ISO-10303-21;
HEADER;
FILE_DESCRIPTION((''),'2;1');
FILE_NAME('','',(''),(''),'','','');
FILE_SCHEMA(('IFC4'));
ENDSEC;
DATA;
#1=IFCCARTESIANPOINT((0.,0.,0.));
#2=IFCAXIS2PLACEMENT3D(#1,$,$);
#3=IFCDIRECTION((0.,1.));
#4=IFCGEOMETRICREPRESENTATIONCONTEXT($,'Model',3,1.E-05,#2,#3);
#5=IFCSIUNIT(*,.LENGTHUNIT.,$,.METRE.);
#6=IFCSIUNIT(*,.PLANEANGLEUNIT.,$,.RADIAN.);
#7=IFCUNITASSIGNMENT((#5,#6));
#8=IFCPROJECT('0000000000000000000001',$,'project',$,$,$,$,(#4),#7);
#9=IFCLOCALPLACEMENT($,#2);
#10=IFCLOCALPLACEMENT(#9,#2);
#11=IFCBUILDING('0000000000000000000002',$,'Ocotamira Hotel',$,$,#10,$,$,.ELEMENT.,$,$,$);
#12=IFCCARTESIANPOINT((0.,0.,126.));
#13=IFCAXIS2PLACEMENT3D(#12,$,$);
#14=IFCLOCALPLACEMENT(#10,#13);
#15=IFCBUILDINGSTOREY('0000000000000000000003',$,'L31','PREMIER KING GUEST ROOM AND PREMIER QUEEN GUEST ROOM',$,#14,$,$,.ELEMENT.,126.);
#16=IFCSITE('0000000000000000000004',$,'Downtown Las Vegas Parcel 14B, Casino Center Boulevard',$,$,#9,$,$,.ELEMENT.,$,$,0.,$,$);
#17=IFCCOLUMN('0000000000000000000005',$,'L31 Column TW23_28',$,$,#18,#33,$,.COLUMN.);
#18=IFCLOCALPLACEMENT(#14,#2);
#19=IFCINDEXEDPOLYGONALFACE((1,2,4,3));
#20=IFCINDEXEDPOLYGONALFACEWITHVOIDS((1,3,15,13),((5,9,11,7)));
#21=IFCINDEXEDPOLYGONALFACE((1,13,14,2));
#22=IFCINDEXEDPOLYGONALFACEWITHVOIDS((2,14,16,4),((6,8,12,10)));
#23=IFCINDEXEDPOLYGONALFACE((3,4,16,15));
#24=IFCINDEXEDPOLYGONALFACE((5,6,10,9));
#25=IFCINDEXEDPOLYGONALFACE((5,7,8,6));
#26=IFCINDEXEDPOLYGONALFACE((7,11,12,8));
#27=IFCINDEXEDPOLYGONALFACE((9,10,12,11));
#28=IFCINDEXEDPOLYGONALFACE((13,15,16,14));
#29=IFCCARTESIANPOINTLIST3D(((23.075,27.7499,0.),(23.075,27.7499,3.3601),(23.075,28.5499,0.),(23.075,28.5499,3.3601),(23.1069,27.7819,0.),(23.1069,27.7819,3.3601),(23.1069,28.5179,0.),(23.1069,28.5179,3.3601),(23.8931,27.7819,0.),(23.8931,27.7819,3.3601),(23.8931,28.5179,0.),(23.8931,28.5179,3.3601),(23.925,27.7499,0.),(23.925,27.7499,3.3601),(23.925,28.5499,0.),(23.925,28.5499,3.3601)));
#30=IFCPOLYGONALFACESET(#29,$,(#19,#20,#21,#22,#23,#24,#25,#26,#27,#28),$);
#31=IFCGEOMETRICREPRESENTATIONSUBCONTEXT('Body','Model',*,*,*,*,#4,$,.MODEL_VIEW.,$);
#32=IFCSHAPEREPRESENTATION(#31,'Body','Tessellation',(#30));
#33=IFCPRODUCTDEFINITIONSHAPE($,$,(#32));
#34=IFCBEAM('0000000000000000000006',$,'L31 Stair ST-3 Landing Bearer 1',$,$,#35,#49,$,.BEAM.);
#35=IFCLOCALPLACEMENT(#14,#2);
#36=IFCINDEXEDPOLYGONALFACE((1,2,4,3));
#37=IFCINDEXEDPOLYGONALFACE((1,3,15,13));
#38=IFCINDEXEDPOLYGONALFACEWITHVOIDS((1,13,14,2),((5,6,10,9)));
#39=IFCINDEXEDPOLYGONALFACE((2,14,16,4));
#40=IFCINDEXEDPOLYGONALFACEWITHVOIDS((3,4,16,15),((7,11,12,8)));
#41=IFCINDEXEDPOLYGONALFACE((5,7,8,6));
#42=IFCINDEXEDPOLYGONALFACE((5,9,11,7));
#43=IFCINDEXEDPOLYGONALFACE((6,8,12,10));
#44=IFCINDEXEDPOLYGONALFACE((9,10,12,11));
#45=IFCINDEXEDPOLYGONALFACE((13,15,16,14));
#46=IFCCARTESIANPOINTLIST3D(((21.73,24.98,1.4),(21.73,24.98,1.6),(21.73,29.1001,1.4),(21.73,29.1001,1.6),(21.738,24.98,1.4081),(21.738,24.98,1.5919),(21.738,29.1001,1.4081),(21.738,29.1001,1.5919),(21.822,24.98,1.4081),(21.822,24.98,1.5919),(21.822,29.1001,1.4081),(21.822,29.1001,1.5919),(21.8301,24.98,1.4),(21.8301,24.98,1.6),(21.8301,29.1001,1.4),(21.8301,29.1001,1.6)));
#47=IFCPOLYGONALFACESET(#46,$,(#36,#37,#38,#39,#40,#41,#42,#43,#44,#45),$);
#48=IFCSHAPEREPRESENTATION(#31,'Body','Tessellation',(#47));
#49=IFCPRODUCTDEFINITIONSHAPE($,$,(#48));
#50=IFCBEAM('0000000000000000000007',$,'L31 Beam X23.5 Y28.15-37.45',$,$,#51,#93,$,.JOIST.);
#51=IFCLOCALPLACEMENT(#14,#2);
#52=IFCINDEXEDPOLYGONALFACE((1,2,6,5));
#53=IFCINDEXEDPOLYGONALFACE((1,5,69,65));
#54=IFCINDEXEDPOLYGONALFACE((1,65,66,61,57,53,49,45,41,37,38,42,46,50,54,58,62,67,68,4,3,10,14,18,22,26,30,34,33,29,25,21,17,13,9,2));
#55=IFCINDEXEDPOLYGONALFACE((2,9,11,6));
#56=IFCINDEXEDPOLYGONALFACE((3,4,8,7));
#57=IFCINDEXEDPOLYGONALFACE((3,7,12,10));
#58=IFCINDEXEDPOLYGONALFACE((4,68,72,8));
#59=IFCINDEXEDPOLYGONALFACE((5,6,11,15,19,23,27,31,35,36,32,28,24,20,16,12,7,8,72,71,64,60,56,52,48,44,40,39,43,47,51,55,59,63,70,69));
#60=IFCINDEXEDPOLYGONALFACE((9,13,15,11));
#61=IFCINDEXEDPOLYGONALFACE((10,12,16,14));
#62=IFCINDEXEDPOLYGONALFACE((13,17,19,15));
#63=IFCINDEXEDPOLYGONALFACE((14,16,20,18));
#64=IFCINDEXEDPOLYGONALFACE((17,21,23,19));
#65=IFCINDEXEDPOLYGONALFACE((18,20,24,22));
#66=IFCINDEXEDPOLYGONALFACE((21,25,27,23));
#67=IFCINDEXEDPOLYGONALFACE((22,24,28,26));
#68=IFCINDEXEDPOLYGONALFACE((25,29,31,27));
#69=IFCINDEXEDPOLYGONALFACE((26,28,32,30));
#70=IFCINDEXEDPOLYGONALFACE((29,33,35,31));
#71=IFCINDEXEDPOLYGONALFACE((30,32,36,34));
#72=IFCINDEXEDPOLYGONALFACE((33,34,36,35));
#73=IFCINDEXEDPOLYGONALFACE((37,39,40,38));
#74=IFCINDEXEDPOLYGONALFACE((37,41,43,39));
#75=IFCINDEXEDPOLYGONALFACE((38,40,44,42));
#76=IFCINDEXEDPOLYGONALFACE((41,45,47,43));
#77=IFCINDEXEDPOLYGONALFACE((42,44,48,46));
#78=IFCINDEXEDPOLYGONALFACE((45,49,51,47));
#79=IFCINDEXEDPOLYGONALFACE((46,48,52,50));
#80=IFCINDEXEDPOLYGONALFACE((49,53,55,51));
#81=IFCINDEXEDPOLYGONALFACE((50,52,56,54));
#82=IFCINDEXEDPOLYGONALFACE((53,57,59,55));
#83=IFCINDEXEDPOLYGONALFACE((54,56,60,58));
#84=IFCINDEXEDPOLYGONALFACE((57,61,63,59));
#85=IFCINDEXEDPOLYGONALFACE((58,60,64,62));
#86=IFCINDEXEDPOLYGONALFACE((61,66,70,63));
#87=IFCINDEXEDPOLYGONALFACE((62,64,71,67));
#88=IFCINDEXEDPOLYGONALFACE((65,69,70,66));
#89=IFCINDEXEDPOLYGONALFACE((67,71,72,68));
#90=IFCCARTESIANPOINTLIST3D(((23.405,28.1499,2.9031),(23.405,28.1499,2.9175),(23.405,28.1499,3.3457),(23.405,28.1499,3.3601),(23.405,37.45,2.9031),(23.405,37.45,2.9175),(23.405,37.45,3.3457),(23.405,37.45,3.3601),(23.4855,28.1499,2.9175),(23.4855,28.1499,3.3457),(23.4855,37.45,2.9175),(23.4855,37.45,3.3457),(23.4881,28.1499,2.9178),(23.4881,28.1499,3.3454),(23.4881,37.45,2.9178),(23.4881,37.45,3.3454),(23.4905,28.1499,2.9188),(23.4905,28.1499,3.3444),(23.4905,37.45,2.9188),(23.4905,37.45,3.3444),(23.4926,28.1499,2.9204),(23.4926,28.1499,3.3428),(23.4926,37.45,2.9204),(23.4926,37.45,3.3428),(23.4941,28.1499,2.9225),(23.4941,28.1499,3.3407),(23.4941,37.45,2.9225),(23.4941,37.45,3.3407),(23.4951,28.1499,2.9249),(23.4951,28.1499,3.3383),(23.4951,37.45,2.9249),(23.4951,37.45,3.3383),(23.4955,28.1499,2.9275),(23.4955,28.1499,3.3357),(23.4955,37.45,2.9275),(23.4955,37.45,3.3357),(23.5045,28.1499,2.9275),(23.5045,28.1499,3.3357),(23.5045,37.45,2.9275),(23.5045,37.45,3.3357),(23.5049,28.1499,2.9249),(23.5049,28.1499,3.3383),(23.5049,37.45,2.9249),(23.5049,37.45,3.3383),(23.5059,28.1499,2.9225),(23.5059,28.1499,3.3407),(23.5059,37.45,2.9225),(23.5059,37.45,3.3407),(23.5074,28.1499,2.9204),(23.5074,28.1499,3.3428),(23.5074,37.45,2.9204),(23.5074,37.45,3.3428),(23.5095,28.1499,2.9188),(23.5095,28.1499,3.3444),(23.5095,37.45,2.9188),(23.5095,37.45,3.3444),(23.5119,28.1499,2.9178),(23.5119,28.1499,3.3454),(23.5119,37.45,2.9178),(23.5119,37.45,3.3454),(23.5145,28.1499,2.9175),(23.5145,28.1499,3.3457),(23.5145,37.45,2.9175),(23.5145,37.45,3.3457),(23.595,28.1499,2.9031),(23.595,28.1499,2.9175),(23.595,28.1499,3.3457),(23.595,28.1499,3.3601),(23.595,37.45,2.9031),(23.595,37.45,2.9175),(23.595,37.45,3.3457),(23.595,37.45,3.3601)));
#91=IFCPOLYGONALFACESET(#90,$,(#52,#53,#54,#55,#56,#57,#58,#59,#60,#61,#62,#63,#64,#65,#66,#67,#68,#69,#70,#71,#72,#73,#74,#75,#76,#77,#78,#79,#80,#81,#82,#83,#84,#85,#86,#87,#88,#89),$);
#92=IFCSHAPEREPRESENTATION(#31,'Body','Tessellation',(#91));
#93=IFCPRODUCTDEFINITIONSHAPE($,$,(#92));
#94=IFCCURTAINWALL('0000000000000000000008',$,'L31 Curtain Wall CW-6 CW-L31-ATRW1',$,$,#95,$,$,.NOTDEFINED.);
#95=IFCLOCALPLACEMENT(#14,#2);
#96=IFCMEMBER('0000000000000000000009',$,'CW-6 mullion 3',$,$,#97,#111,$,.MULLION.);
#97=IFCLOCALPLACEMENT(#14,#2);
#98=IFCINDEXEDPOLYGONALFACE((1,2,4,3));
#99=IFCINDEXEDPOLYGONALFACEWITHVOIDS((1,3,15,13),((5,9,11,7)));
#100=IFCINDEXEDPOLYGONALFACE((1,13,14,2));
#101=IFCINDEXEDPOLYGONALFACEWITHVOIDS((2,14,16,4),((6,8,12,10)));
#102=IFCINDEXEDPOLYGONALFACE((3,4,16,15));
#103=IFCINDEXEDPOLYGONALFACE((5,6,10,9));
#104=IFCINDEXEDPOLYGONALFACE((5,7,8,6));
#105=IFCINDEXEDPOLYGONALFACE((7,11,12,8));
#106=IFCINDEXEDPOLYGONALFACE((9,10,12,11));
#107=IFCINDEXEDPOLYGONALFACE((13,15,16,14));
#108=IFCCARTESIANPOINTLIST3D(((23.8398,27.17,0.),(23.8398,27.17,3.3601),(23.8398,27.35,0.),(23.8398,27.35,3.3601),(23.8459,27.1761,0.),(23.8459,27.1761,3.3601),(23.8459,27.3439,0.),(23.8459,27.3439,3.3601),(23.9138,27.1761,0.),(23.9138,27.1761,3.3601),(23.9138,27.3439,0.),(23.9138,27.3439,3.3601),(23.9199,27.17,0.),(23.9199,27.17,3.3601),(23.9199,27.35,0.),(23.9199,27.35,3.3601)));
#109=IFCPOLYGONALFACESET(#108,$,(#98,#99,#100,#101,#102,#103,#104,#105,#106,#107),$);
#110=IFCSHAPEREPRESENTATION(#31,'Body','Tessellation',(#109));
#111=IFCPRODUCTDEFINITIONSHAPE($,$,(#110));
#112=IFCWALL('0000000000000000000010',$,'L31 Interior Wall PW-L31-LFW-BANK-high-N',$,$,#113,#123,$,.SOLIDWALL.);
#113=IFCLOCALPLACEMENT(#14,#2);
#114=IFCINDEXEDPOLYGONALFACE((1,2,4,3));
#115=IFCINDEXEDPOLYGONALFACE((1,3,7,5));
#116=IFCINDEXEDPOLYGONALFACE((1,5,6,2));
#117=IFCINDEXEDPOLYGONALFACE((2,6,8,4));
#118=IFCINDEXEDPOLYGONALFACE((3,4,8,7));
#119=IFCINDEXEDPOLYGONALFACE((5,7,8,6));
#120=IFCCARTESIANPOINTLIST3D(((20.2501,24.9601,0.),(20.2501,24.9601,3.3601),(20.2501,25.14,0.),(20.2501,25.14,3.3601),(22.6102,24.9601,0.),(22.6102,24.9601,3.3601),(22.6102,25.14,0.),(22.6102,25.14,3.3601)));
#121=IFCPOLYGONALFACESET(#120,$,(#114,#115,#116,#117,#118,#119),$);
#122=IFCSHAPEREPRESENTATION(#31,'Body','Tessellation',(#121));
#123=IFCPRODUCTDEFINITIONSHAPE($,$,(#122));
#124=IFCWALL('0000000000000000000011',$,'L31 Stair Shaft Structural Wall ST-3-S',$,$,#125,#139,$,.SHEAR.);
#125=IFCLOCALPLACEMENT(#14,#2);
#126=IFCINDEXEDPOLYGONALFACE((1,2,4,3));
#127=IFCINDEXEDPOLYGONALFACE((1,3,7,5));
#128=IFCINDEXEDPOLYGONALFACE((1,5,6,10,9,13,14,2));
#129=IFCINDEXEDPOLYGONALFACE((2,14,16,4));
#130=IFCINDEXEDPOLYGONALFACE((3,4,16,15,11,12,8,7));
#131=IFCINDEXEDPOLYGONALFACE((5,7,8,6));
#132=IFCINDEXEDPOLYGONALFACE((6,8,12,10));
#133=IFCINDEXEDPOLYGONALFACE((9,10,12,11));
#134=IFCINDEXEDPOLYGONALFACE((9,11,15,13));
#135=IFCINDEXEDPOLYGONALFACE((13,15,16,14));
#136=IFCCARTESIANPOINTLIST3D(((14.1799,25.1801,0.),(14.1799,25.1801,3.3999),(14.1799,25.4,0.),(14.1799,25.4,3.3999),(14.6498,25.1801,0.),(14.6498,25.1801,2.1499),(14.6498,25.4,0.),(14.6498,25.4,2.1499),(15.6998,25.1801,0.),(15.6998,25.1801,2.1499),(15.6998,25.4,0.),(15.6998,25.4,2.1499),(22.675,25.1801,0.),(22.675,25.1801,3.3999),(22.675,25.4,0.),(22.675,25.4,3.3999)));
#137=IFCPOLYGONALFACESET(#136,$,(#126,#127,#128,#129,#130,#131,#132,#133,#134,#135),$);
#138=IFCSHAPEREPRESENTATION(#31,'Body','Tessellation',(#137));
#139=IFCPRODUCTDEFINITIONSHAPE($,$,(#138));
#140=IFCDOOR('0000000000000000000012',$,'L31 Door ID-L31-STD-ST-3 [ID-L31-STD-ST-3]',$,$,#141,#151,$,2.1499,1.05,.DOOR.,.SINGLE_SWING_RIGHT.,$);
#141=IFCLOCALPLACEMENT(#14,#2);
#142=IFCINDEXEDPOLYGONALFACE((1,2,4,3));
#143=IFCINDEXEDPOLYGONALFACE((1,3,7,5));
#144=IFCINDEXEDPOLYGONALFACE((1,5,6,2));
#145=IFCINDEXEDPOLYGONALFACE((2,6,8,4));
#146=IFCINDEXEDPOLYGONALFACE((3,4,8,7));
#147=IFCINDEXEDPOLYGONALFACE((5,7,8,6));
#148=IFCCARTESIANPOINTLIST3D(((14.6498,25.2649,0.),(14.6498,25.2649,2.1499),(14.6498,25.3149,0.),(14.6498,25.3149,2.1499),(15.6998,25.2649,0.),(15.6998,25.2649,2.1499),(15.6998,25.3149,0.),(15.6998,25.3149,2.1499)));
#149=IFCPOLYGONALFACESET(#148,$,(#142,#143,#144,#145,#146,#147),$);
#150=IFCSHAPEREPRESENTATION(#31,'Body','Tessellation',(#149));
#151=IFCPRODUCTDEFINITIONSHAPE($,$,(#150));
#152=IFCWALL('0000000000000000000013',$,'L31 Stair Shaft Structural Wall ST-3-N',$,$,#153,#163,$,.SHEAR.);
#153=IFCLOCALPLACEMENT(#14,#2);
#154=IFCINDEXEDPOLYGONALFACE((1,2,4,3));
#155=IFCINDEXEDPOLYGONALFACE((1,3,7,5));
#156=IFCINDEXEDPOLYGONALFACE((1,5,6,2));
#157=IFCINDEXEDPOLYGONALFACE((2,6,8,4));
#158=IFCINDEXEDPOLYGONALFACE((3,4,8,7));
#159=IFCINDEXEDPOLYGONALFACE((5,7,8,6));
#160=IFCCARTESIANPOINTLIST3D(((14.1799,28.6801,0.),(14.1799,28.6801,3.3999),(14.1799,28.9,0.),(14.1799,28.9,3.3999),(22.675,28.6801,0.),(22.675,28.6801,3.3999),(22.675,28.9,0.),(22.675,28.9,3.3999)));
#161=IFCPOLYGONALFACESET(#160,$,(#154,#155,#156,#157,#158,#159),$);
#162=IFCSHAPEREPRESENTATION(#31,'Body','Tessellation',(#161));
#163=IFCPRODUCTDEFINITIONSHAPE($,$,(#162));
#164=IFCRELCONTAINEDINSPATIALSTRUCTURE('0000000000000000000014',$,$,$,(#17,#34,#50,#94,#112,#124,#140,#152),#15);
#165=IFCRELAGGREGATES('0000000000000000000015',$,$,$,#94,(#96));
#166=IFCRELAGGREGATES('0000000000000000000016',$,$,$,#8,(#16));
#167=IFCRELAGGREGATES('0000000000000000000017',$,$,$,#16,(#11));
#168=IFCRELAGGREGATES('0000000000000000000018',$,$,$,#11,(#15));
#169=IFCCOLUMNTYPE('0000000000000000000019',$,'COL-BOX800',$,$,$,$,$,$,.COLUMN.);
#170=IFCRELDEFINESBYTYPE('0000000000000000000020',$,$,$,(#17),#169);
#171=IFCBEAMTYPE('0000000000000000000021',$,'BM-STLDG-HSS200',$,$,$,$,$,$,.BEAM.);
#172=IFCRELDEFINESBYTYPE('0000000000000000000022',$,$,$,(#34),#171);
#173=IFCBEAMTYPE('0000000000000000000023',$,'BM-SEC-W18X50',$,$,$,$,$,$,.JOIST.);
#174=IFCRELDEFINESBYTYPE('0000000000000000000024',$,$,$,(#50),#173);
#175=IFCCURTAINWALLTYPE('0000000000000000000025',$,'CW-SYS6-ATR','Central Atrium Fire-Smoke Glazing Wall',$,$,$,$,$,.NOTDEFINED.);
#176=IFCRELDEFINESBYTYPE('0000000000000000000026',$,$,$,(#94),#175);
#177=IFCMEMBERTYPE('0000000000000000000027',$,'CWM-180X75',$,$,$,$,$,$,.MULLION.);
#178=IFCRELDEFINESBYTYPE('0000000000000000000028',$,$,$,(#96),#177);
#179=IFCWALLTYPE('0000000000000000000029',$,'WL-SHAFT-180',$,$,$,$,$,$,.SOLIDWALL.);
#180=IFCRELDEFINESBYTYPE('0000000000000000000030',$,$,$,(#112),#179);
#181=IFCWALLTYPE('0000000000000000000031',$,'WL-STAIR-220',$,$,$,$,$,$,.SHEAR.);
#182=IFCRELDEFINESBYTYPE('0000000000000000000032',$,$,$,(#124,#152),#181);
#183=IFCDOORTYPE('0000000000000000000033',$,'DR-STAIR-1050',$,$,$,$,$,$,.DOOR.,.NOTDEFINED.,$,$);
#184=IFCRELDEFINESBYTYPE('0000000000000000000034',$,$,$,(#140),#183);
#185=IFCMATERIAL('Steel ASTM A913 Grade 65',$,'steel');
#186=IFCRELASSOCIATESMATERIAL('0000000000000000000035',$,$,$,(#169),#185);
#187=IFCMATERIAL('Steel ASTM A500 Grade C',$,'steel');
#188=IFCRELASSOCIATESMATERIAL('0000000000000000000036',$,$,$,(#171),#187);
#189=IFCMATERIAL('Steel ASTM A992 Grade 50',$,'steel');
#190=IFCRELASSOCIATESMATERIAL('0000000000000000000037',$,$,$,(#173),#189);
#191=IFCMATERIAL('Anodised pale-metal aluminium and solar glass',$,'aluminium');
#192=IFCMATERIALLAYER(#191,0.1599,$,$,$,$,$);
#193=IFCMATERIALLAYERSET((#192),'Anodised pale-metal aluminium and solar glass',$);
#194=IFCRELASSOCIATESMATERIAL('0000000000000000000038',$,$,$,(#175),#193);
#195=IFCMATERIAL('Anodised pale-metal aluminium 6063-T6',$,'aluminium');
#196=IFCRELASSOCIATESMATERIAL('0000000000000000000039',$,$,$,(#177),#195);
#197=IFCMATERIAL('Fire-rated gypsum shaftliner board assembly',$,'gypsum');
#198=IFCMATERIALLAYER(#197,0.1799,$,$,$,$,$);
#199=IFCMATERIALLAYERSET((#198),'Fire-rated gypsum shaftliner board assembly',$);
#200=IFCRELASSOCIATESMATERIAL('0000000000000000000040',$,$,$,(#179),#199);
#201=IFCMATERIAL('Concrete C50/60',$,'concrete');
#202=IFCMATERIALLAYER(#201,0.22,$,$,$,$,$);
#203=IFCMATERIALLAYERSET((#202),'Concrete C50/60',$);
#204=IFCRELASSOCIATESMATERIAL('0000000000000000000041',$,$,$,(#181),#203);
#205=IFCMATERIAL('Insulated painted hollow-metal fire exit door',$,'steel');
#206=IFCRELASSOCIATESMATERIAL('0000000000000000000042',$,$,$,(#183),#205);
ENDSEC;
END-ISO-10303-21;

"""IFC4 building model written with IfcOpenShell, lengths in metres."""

from ifc_helpers import new_model, si_unit, direction, frame, frame_2d, origin, origin_2d, place, context, subcontext, project, spatial, rectangle, hollow_rectangle, i_section, extrude, source, transform, mapped, material, layer, layer_set, material_profile, profile_set, type_object, element, fill, aggregate, save


model = new_model("IFC4")

# Units and contexts
model_context = context("Model", 3, precision=1e-05, world=origin(), true_north=direction((0.0, 1.0)))
body_context = subcontext(model_context, "Body", "Model", "MODEL_VIEW")
ifc_project = project(units=[si_unit("LENGTHUNIT", "METRE"), si_unit("PLANEANGLEUNIT", "RADIAN")], contexts=[model_context])

# Site, building, storey
site_placement = place(None, origin())
site = spatial("IfcSite", under=ifc_project, at=site_placement, Name="Downtown Las Vegas Parcel 14B, Casino Center Boulevard", CompositionType="ELEMENT", RefElevation=0.0)
building_placement = place(site_placement, origin())
building = spatial("IfcBuilding", under=site, at=building_placement, Name="Ocotamira Hotel", CompositionType="ELEMENT")
storey_placement = place(building_placement, frame((0.0, 0.0, 126.0)))
storey = spatial("IfcBuildingStorey", under=building, at=storey_placement, Name="L31", Description="PREMIER KING GUEST ROOM AND PREMIER QUEEN GUEST ROOM", CompositionType="ELEMENT", Elevation=126.0)

# Column
ifc_material_1 = material(Name="Steel ASTM A913 Grade 65", Category="steel")
ifc_material_profile_1 = material_profile(ifc_material_1, hollow_rectangle(XDim=0.8501, YDim=0.8, WallThickness=0.032, at=origin_2d()), Name="BOX800X850X32")
ifc_profile_set_1 = profile_set([ifc_material_profile_1], Name="Steel ASTM A913 Grade 65")
column_type = type_object("IfcColumnType", Name="COL-BOX800", PredefinedType="COLUMN", material=ifc_profile_set_1)
shared_shape_1 = source(origin(), body_context, "Body", "SweptSolid", [
    extrude(hollow_rectangle(XDim=0.8501, YDim=0.8, WallThickness=0.032, at=origin_2d()), origin(), (0.0, 0.0, 1.0), 3.3601),
])
column_placement = place(storey_placement, frame((23.5, 28.1499, 0.0), z_axis=(0.0, 0.0, 1.0), x_axis=(1.0, 0.0, 0.0)))
element("IfcColumn", 1, at=column_placement, inside=storey, type_object=column_type, Name="L31 Column TW23_28", PredefinedType="COLUMN", context=body_context, shape_type="MappedRepresentation", body=[
    mapped(shared_shape_1, transform((0.0, 0.0, 0.0), scale=1.0)),
])

# Beams
ifc_material_2 = material(Name="Steel ASTM A500 Grade C", Category="steel")
ifc_material_profile_2 = material_profile(ifc_material_2, hollow_rectangle(XDim=0.1001, YDim=0.2, WallThickness=0.0081, at=origin_2d()), Name="HSS200X100X8")
ifc_profile_set_2 = profile_set([ifc_material_profile_2], Name="Steel ASTM A500 Grade C")
beam_type_1 = type_object("IfcBeamType", Name="BM-STLDG-HSS200", PredefinedType="BEAM", material=ifc_profile_set_2)
shared_shape_2 = source(origin(), body_context, "Body", "SweptSolid", [
    extrude(hollow_rectangle(XDim=0.1001, YDim=0.2, WallThickness=0.0081, at=origin_2d()), origin(), (0.0, 0.0, 1.0), 4.1201),
])
beam_1_placement = place(storey_placement, frame((21.78, 24.98, 1.5), z_axis=(0.0, 1.0, 0.0), x_axis=(-1.0, 0.0, 0.0)))
element("IfcBeam", 2, at=beam_1_placement, inside=storey, type_object=beam_type_1, Name="L31 Stair ST-3 Landing Bearer 1", PredefinedType="BEAM", context=body_context, shape_type="MappedRepresentation", body=[
    mapped(shared_shape_2, transform((0.0, 0.0, 0.0), scale=1.0)),
])
ifc_material_3 = material(Name="Steel ASTM A992 Grade 50", Category="steel")
ifc_material_profile_3 = material_profile(ifc_material_3, i_section(OverallWidth=0.1899, OverallDepth=0.457, WebThickness=0.009, FlangeThickness=0.0144, FilletRadius=0.01, at=origin_2d()), Name="W18X50")
ifc_profile_set_3 = profile_set([ifc_material_profile_3], Name="Steel ASTM A992 Grade 50")
beam_type_2 = type_object("IfcBeamType", Name="BM-SEC-W18X50", PredefinedType="JOIST", material=ifc_profile_set_3)
shared_shape_3 = source(origin(), body_context, "Body", "SweptSolid", [
    extrude(i_section(OverallWidth=0.1899, OverallDepth=0.457, WebThickness=0.009, FlangeThickness=0.0144, FilletRadius=0.01, at=origin_2d()), origin(), (0.0, 0.0, 1.0), 9.3),
])
beam_2_placement = place(storey_placement, frame((23.5, 28.1499, 3.1316), z_axis=(0.0, 1.0, 0.0), x_axis=(-1.0, 0.0, 0.0)))
element("IfcBeam", 3, at=beam_2_placement, inside=storey, type_object=beam_type_2, Name="L31 Beam X23.5 Y28.15-37.45", PredefinedType="JOIST", context=body_context, shape_type="MappedRepresentation", body=[
    mapped(shared_shape_3, transform((0.0, 0.0, 0.0), scale=1.0)),
])

# Curtain wall, member
ifc_material_4 = material(Name="Anodised pale-metal aluminium and solar glass", Category="aluminium")
ifc_layer_1 = layer(ifc_material_4, 0.1599)
ifc_layer_set_1 = layer_set([ifc_layer_1], Name="Anodised pale-metal aluminium and solar glass")
curtain_wall_type = type_object("IfcCurtainWallType", Name="CW-SYS6-ATR", Description="Central Atrium Fire-Smoke Glazing Wall", PredefinedType="NOTDEFINED", material=ifc_layer_set_1)
curtain_wall_placement = place(storey_placement, origin())
curtain_wall = element("IfcCurtainWall", 4, at=curtain_wall_placement, inside=storey, type_object=curtain_wall_type, Name="L31 Curtain Wall CW-6 CW-L31-ATRW1", PredefinedType="NOTDEFINED")
ifc_material_5 = material(Name="Anodised pale-metal aluminium 6063-T6", Category="aluminium")
ifc_material_profile_4 = material_profile(ifc_material_5, hollow_rectangle(XDim=0.0801, YDim=0.1799, WallThickness=0.0061, at=origin_2d()), Name="HSS180X80X6")
ifc_profile_set_4 = profile_set([ifc_material_profile_4], Name="Anodised pale-metal aluminium 6063-T6")
member_type = type_object("IfcMemberType", Name="CWM-180X75", PredefinedType="MULLION", material=ifc_profile_set_4)
shared_shape_4 = source(origin(), body_context, "Body", "SweptSolid", [
    extrude(hollow_rectangle(XDim=0.0801, YDim=0.1799, WallThickness=0.0061, at=origin_2d()), origin(), (0.0, 0.0, 1.0), 3.3601),
])
member_placement = place(storey_placement, frame((23.8799, 27.26, 0.0), z_axis=(0.0, 0.0, 1.0), x_axis=(-1.0, 0.0, 0.0)))
member = element("IfcMember", 5, at=member_placement, type_object=member_type, Name="CW-6 mullion 3", PredefinedType="MULLION", context=body_context, shape_type="MappedRepresentation", body=[
    mapped(shared_shape_4, transform((0.0, 0.0, 0.0), scale=1.0)),
])
aggregate(curtain_wall, [member])

# Wall
ifc_material_6 = material(Name="Fire-rated gypsum shaftliner board assembly", Category="gypsum")
ifc_layer_2 = layer(ifc_material_6, 0.1799)
ifc_layer_set_2 = layer_set([ifc_layer_2], Name="Fire-rated gypsum shaftliner board assembly")
wall_type_1 = type_object("IfcWallType", Name="WL-SHAFT-180", PredefinedType="SOLIDWALL", material=ifc_layer_set_2)
wall_1_placement = place(storey_placement, frame((20.25, 25.05, 0.0), z_axis=(0.0, 0.0, 1.0), x_axis=(1.0, 0.0, 0.0)))
element("IfcWall", 6, at=wall_1_placement, inside=storey, type_object=wall_type_1, Name="L31 Interior Wall PW-L31-LFW-BANK-high-N", PredefinedType="SOLIDWALL", context=body_context, shape_type="SweptSolid", body=[
    extrude(rectangle(XDim=2.3601, YDim=0.1799, at=frame_2d((1.1802, 0.0))), origin(), (0.0, 0.0, 1.0), 3.3601),
])

# Wall, opening, door
ifc_material_7 = material(Name="Concrete C50/60", Category="concrete")
ifc_layer_3 = layer(ifc_material_7, 0.22)
ifc_layer_set_3 = layer_set([ifc_layer_3], Name="Concrete C50/60")
wall_type_2 = type_object("IfcWallType", Name="WL-STAIR-220", PredefinedType="SHEAR", material=ifc_layer_set_3)
wall_2_placement = place(storey_placement, frame((14.1799, 25.29, 0.0), z_axis=(0.0, 0.0, 1.0), x_axis=(1.0, 0.0, 0.0)))
wall_2 = element("IfcWall", 7, at=wall_2_placement, inside=storey, type_object=wall_type_2, Name="L31 Stair Shaft Structural Wall ST-3-S", PredefinedType="SHEAR", context=body_context, shape_type="SweptSolid", body=[
    extrude(rectangle(XDim=8.4951, YDim=0.22, at=frame_2d((4.2476, 0.0))), origin(), (0.0, 0.0, 1.0), 3.3999),
])
opening_1_placement = place(wall_2_placement, frame((0.47, 0.0, 0.0)))
opening_1 = element("IfcOpeningElement", 8, at=opening_1_placement, cuts=wall_2, PredefinedType="OPENING", context=body_context, shape_type="SweptSolid", body=[
    extrude(rectangle(XDim=1.05, YDim=2.1499, at=frame_2d((0.5249, 1.075))), frame((0.0, 0.1201, 0.0), z_axis=(0.0, -1.0, 0.0), x_axis=(1.0, 0.0, 0.0)), (0.0, 0.0, 1.0), 0.24),
])
ifc_material_8 = material(Name="Insulated painted hollow-metal fire exit door", Category="steel")
door_type_1 = type_object("IfcDoorType", Name="DR-STAIR-1050", OperationType="NOTDEFINED", PredefinedType="DOOR", material=ifc_material_8)
shared_shape_5 = source(origin(), body_context, "Body", "SweptSolid", [
    extrude(rectangle(XDim=1.05, YDim=2.1499, at=frame_2d((0.5249, 1.075))), frame((0.0, 0.0249, 0.0), z_axis=(0.0, -1.0, 0.0), x_axis=(1.0, 0.0, 0.0)), (0.0, 0.0, 1.0), 0.05),
])
door_1_placement = place(opening_1_placement, origin())
door_1 = element("IfcDoor", 9, at=door_1_placement, inside=storey, type_object=door_type_1, Name="L31 Door ID-L31-STD-ST-3 [ID-L31-STD-ST-3]", OperationType="SINGLE_SWING_RIGHT", OverallHeight=2.1499, OverallWidth=1.05, PredefinedType="DOOR", context=body_context, shape_type="MappedRepresentation", body=[
    mapped(shared_shape_5, transform((0.0, 0.0, 0.0), scale=1.0)),
])
fill(opening_1, door_1)

# Wall
wall_3_placement = place(storey_placement, frame((14.1799, 28.79, 0.0), z_axis=(0.0, 0.0, 1.0), x_axis=(1.0, 0.0, 0.0)))
element("IfcWall", 10, at=wall_3_placement, inside=storey, type_object=wall_type_2, Name="L31 Stair Shaft Structural Wall ST-3-N", PredefinedType="SHEAR", context=body_context, shape_type="SweptSolid", body=[
    extrude(rectangle(XDim=8.4951, YDim=0.22, at=frame_2d((4.2476, 0.0))), origin(), (0.0, 0.0, 1.0), 3.3999),
])

save(model, "model.ifc")
